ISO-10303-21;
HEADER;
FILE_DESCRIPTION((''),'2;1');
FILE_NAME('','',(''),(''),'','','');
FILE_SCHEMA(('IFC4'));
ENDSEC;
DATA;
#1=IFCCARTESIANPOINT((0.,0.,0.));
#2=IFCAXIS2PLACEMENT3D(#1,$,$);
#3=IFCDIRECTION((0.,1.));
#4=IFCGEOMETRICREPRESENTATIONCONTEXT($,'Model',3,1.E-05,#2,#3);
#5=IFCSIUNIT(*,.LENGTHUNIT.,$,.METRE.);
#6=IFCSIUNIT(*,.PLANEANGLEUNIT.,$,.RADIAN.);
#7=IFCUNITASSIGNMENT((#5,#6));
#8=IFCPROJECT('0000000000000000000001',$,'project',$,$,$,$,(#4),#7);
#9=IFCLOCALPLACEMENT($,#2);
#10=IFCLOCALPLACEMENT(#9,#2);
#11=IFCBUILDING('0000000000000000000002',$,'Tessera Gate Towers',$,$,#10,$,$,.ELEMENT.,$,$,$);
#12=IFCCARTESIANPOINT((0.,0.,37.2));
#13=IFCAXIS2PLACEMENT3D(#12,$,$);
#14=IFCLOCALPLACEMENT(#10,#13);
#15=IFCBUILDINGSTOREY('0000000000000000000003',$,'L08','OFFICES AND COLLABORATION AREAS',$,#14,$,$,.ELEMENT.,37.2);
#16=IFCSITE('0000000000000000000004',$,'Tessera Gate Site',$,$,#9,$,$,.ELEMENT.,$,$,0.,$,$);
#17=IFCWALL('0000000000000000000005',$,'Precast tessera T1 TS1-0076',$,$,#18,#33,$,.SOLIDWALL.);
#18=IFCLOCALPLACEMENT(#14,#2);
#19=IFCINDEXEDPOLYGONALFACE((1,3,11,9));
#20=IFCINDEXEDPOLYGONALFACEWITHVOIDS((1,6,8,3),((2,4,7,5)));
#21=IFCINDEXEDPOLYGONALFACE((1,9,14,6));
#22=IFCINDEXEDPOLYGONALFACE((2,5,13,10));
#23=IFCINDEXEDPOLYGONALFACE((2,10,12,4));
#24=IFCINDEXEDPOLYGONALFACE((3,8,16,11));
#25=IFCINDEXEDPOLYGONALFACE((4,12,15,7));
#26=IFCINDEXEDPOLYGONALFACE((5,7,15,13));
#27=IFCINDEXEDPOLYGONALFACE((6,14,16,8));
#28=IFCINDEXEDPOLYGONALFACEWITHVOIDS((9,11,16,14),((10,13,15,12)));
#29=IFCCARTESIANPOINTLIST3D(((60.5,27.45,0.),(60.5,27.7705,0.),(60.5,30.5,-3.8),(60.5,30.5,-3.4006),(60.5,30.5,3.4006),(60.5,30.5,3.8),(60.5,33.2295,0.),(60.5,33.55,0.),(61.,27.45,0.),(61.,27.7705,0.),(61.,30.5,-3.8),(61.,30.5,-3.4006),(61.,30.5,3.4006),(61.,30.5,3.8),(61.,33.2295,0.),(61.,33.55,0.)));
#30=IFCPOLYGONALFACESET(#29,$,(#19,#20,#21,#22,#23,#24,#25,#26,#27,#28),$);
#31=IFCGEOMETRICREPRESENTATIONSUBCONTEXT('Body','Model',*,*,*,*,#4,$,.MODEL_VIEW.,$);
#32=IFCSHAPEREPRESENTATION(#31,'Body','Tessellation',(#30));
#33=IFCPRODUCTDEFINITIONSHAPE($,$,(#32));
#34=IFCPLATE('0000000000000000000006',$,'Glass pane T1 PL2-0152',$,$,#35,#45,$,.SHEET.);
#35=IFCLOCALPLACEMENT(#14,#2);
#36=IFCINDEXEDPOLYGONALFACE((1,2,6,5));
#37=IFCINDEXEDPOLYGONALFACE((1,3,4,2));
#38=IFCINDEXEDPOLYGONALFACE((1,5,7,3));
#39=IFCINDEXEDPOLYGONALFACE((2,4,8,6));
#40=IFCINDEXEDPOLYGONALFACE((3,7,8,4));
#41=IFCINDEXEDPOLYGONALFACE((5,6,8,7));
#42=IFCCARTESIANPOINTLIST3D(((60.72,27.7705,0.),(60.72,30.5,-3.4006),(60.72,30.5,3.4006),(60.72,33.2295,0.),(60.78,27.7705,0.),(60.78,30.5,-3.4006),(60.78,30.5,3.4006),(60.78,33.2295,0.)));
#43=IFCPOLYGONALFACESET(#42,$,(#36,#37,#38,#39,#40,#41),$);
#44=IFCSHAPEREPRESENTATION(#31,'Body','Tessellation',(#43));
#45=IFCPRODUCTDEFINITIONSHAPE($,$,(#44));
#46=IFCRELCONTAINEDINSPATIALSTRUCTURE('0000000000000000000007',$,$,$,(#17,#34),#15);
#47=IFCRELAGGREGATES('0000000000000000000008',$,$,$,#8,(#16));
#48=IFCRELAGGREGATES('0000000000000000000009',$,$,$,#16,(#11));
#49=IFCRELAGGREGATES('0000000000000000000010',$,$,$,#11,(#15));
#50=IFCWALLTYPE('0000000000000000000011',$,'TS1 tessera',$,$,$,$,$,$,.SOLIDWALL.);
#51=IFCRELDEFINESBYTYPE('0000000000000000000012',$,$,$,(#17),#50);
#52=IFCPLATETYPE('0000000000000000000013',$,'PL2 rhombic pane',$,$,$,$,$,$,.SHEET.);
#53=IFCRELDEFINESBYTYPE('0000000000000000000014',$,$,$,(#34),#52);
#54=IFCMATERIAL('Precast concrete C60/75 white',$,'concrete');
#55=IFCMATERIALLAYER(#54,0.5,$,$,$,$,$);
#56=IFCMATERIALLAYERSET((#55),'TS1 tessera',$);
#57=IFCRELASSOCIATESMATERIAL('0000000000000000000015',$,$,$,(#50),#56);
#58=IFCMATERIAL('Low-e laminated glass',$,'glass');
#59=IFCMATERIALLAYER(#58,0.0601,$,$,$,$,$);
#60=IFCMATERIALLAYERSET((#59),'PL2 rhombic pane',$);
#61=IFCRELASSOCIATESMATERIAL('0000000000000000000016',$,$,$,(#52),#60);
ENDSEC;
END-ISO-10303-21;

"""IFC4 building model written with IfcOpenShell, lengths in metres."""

from ifc_helpers import new_model, si_unit, direction, frame, origin, place, context, subcontext, project, spatial, polyline, outline, extrude, source, transform, mapped, material, layer, layer_set, type_object, element, fill, save


model = new_model("IFC4")

# Units and contexts
model_context = context("Model", 3, precision=1e-05, world=origin(), true_north=direction((0.0, 1.0)))
body_context = subcontext(model_context, "Body", "Model", "MODEL_VIEW")
ifc_project = project(units=[si_unit("LENGTHUNIT", "METRE"), si_unit("PLANEANGLEUNIT", "RADIAN")], contexts=[model_context])

# Site, building, storey
site_placement = place(None, origin())
site = spatial("IfcSite", under=ifc_project, at=site_placement, Name="Tessera Gate Site", CompositionType="ELEMENT", RefElevation=0.0)
building_placement = place(site_placement, origin())
building = spatial("IfcBuilding", under=site, at=building_placement, Name="Tessera Gate Towers", CompositionType="ELEMENT")
storey_placement = place(building_placement, frame((0.0, 0.0, 37.2)))
storey = spatial("IfcBuildingStorey", under=building, at=storey_placement, Name="L08", Description="OFFICES AND COLLABORATION AREAS", CompositionType="ELEMENT", Elevation=37.2)

# Wall, opening, plate
ifc_material_1 = material(Name="Precast concrete C60/75 white", Category="concrete")
ifc_layer_1 = layer(ifc_material_1, 0.5)
ifc_layer_set_1 = layer_set([ifc_layer_1], Name="TS1 tessera")
wall_type_1 = type_object("IfcWallType", Name="TS1 tessera", PredefinedType="SOLIDWALL", material=ifc_layer_set_1)
shared_shape_1 = source(origin(), body_context, "Body", "SweptSolid", [
    extrude(outline(polyline([(3.05, 0.0), (6.1001, 3.8), (3.05, 7.6001), (0.0, 3.8), (3.05, 0.0)])), frame((0.0, 0.25, 0.0), z_axis=(0.0, -1.0, 0.0), x_axis=(1.0, 0.0, 0.0)), (0.0, 0.0, 1.0), 0.5),
])
shared_shape_2 = source(origin(), body_context, "Body", "SweptSolid", [
    extrude(outline(polyline([(3.05, 0.3994), (5.7795, 3.8), (3.05, 7.2007), (0.3206, 3.8), (3.05, 0.3994)])), frame((0.0, 0.26, 0.0), z_axis=(0.0, -1.0, 0.0), x_axis=(1.0, 0.0, 0.0)), (0.0, 0.0, 1.0), 0.52),
])
ifc_material_2 = material(Name="Low-e laminated glass", Category="glass")
ifc_layer_2 = layer(ifc_material_2, 0.0601)
ifc_layer_set_2 = layer_set([ifc_layer_2], Name="PL2 rhombic pane")
plate_type = type_object("IfcPlateType", Name="PL2 rhombic pane", PredefinedType="SHEET", material=ifc_layer_set_2)
shared_shape_3 = source(origin(), body_context, "Body", "SweptSolid", [
    extrude(outline(polyline([(3.05, 0.3994), (5.7795, 3.8), (3.05, 7.2007), (0.3206, 3.8), (3.05, 0.3994)])), frame((0.0, 0.03, 0.0), z_axis=(0.0, -1.0, 0.0), x_axis=(1.0, 0.0, 0.0)), (0.0, 0.0, 1.0), 0.0601),
])
wall_1_placement = place(storey_placement, frame((60.75, 27.45, -3.8), z_axis=(0.0, 0.0, 1.0), x_axis=(0.0, 1.0, 0.0)))
wall_1 = element("IfcWall", 1, at=wall_1_placement, inside=storey, type_object=wall_type_1, Name="Precast tessera T1 TS1-0076", PredefinedType="SOLIDWALL", context=body_context, shape_type="MappedRepresentation", body=[
    mapped(shared_shape_1, transform((0.0, 0.0, 0.0), scale=1.0)),
])
opening_1_placement = place(wall_1_placement, origin())
opening_1 = element("IfcOpeningElement", 2, at=opening_1_placement, cuts=wall_1, PredefinedType="OPENING", context=body_context, shape_type="MappedRepresentation", body=[
    mapped(shared_shape_2, transform((0.0, 0.0, 0.0), scale=1.0)),
])
plate_1_placement = place(opening_1_placement, origin())
plate_1 = element("IfcPlate", 3, at=plate_1_placement, inside=storey, type_object=plate_type, Name="Glass pane T1 PL2-0152", PredefinedType="SHEET", context=body_context, shape_type="MappedRepresentation", body=[
    mapped(shared_shape_3, transform((0.0, 0.0, 0.0), scale=1.0)),
])
fill(opening_1, plate_1)

save(model, "model.ifc")
